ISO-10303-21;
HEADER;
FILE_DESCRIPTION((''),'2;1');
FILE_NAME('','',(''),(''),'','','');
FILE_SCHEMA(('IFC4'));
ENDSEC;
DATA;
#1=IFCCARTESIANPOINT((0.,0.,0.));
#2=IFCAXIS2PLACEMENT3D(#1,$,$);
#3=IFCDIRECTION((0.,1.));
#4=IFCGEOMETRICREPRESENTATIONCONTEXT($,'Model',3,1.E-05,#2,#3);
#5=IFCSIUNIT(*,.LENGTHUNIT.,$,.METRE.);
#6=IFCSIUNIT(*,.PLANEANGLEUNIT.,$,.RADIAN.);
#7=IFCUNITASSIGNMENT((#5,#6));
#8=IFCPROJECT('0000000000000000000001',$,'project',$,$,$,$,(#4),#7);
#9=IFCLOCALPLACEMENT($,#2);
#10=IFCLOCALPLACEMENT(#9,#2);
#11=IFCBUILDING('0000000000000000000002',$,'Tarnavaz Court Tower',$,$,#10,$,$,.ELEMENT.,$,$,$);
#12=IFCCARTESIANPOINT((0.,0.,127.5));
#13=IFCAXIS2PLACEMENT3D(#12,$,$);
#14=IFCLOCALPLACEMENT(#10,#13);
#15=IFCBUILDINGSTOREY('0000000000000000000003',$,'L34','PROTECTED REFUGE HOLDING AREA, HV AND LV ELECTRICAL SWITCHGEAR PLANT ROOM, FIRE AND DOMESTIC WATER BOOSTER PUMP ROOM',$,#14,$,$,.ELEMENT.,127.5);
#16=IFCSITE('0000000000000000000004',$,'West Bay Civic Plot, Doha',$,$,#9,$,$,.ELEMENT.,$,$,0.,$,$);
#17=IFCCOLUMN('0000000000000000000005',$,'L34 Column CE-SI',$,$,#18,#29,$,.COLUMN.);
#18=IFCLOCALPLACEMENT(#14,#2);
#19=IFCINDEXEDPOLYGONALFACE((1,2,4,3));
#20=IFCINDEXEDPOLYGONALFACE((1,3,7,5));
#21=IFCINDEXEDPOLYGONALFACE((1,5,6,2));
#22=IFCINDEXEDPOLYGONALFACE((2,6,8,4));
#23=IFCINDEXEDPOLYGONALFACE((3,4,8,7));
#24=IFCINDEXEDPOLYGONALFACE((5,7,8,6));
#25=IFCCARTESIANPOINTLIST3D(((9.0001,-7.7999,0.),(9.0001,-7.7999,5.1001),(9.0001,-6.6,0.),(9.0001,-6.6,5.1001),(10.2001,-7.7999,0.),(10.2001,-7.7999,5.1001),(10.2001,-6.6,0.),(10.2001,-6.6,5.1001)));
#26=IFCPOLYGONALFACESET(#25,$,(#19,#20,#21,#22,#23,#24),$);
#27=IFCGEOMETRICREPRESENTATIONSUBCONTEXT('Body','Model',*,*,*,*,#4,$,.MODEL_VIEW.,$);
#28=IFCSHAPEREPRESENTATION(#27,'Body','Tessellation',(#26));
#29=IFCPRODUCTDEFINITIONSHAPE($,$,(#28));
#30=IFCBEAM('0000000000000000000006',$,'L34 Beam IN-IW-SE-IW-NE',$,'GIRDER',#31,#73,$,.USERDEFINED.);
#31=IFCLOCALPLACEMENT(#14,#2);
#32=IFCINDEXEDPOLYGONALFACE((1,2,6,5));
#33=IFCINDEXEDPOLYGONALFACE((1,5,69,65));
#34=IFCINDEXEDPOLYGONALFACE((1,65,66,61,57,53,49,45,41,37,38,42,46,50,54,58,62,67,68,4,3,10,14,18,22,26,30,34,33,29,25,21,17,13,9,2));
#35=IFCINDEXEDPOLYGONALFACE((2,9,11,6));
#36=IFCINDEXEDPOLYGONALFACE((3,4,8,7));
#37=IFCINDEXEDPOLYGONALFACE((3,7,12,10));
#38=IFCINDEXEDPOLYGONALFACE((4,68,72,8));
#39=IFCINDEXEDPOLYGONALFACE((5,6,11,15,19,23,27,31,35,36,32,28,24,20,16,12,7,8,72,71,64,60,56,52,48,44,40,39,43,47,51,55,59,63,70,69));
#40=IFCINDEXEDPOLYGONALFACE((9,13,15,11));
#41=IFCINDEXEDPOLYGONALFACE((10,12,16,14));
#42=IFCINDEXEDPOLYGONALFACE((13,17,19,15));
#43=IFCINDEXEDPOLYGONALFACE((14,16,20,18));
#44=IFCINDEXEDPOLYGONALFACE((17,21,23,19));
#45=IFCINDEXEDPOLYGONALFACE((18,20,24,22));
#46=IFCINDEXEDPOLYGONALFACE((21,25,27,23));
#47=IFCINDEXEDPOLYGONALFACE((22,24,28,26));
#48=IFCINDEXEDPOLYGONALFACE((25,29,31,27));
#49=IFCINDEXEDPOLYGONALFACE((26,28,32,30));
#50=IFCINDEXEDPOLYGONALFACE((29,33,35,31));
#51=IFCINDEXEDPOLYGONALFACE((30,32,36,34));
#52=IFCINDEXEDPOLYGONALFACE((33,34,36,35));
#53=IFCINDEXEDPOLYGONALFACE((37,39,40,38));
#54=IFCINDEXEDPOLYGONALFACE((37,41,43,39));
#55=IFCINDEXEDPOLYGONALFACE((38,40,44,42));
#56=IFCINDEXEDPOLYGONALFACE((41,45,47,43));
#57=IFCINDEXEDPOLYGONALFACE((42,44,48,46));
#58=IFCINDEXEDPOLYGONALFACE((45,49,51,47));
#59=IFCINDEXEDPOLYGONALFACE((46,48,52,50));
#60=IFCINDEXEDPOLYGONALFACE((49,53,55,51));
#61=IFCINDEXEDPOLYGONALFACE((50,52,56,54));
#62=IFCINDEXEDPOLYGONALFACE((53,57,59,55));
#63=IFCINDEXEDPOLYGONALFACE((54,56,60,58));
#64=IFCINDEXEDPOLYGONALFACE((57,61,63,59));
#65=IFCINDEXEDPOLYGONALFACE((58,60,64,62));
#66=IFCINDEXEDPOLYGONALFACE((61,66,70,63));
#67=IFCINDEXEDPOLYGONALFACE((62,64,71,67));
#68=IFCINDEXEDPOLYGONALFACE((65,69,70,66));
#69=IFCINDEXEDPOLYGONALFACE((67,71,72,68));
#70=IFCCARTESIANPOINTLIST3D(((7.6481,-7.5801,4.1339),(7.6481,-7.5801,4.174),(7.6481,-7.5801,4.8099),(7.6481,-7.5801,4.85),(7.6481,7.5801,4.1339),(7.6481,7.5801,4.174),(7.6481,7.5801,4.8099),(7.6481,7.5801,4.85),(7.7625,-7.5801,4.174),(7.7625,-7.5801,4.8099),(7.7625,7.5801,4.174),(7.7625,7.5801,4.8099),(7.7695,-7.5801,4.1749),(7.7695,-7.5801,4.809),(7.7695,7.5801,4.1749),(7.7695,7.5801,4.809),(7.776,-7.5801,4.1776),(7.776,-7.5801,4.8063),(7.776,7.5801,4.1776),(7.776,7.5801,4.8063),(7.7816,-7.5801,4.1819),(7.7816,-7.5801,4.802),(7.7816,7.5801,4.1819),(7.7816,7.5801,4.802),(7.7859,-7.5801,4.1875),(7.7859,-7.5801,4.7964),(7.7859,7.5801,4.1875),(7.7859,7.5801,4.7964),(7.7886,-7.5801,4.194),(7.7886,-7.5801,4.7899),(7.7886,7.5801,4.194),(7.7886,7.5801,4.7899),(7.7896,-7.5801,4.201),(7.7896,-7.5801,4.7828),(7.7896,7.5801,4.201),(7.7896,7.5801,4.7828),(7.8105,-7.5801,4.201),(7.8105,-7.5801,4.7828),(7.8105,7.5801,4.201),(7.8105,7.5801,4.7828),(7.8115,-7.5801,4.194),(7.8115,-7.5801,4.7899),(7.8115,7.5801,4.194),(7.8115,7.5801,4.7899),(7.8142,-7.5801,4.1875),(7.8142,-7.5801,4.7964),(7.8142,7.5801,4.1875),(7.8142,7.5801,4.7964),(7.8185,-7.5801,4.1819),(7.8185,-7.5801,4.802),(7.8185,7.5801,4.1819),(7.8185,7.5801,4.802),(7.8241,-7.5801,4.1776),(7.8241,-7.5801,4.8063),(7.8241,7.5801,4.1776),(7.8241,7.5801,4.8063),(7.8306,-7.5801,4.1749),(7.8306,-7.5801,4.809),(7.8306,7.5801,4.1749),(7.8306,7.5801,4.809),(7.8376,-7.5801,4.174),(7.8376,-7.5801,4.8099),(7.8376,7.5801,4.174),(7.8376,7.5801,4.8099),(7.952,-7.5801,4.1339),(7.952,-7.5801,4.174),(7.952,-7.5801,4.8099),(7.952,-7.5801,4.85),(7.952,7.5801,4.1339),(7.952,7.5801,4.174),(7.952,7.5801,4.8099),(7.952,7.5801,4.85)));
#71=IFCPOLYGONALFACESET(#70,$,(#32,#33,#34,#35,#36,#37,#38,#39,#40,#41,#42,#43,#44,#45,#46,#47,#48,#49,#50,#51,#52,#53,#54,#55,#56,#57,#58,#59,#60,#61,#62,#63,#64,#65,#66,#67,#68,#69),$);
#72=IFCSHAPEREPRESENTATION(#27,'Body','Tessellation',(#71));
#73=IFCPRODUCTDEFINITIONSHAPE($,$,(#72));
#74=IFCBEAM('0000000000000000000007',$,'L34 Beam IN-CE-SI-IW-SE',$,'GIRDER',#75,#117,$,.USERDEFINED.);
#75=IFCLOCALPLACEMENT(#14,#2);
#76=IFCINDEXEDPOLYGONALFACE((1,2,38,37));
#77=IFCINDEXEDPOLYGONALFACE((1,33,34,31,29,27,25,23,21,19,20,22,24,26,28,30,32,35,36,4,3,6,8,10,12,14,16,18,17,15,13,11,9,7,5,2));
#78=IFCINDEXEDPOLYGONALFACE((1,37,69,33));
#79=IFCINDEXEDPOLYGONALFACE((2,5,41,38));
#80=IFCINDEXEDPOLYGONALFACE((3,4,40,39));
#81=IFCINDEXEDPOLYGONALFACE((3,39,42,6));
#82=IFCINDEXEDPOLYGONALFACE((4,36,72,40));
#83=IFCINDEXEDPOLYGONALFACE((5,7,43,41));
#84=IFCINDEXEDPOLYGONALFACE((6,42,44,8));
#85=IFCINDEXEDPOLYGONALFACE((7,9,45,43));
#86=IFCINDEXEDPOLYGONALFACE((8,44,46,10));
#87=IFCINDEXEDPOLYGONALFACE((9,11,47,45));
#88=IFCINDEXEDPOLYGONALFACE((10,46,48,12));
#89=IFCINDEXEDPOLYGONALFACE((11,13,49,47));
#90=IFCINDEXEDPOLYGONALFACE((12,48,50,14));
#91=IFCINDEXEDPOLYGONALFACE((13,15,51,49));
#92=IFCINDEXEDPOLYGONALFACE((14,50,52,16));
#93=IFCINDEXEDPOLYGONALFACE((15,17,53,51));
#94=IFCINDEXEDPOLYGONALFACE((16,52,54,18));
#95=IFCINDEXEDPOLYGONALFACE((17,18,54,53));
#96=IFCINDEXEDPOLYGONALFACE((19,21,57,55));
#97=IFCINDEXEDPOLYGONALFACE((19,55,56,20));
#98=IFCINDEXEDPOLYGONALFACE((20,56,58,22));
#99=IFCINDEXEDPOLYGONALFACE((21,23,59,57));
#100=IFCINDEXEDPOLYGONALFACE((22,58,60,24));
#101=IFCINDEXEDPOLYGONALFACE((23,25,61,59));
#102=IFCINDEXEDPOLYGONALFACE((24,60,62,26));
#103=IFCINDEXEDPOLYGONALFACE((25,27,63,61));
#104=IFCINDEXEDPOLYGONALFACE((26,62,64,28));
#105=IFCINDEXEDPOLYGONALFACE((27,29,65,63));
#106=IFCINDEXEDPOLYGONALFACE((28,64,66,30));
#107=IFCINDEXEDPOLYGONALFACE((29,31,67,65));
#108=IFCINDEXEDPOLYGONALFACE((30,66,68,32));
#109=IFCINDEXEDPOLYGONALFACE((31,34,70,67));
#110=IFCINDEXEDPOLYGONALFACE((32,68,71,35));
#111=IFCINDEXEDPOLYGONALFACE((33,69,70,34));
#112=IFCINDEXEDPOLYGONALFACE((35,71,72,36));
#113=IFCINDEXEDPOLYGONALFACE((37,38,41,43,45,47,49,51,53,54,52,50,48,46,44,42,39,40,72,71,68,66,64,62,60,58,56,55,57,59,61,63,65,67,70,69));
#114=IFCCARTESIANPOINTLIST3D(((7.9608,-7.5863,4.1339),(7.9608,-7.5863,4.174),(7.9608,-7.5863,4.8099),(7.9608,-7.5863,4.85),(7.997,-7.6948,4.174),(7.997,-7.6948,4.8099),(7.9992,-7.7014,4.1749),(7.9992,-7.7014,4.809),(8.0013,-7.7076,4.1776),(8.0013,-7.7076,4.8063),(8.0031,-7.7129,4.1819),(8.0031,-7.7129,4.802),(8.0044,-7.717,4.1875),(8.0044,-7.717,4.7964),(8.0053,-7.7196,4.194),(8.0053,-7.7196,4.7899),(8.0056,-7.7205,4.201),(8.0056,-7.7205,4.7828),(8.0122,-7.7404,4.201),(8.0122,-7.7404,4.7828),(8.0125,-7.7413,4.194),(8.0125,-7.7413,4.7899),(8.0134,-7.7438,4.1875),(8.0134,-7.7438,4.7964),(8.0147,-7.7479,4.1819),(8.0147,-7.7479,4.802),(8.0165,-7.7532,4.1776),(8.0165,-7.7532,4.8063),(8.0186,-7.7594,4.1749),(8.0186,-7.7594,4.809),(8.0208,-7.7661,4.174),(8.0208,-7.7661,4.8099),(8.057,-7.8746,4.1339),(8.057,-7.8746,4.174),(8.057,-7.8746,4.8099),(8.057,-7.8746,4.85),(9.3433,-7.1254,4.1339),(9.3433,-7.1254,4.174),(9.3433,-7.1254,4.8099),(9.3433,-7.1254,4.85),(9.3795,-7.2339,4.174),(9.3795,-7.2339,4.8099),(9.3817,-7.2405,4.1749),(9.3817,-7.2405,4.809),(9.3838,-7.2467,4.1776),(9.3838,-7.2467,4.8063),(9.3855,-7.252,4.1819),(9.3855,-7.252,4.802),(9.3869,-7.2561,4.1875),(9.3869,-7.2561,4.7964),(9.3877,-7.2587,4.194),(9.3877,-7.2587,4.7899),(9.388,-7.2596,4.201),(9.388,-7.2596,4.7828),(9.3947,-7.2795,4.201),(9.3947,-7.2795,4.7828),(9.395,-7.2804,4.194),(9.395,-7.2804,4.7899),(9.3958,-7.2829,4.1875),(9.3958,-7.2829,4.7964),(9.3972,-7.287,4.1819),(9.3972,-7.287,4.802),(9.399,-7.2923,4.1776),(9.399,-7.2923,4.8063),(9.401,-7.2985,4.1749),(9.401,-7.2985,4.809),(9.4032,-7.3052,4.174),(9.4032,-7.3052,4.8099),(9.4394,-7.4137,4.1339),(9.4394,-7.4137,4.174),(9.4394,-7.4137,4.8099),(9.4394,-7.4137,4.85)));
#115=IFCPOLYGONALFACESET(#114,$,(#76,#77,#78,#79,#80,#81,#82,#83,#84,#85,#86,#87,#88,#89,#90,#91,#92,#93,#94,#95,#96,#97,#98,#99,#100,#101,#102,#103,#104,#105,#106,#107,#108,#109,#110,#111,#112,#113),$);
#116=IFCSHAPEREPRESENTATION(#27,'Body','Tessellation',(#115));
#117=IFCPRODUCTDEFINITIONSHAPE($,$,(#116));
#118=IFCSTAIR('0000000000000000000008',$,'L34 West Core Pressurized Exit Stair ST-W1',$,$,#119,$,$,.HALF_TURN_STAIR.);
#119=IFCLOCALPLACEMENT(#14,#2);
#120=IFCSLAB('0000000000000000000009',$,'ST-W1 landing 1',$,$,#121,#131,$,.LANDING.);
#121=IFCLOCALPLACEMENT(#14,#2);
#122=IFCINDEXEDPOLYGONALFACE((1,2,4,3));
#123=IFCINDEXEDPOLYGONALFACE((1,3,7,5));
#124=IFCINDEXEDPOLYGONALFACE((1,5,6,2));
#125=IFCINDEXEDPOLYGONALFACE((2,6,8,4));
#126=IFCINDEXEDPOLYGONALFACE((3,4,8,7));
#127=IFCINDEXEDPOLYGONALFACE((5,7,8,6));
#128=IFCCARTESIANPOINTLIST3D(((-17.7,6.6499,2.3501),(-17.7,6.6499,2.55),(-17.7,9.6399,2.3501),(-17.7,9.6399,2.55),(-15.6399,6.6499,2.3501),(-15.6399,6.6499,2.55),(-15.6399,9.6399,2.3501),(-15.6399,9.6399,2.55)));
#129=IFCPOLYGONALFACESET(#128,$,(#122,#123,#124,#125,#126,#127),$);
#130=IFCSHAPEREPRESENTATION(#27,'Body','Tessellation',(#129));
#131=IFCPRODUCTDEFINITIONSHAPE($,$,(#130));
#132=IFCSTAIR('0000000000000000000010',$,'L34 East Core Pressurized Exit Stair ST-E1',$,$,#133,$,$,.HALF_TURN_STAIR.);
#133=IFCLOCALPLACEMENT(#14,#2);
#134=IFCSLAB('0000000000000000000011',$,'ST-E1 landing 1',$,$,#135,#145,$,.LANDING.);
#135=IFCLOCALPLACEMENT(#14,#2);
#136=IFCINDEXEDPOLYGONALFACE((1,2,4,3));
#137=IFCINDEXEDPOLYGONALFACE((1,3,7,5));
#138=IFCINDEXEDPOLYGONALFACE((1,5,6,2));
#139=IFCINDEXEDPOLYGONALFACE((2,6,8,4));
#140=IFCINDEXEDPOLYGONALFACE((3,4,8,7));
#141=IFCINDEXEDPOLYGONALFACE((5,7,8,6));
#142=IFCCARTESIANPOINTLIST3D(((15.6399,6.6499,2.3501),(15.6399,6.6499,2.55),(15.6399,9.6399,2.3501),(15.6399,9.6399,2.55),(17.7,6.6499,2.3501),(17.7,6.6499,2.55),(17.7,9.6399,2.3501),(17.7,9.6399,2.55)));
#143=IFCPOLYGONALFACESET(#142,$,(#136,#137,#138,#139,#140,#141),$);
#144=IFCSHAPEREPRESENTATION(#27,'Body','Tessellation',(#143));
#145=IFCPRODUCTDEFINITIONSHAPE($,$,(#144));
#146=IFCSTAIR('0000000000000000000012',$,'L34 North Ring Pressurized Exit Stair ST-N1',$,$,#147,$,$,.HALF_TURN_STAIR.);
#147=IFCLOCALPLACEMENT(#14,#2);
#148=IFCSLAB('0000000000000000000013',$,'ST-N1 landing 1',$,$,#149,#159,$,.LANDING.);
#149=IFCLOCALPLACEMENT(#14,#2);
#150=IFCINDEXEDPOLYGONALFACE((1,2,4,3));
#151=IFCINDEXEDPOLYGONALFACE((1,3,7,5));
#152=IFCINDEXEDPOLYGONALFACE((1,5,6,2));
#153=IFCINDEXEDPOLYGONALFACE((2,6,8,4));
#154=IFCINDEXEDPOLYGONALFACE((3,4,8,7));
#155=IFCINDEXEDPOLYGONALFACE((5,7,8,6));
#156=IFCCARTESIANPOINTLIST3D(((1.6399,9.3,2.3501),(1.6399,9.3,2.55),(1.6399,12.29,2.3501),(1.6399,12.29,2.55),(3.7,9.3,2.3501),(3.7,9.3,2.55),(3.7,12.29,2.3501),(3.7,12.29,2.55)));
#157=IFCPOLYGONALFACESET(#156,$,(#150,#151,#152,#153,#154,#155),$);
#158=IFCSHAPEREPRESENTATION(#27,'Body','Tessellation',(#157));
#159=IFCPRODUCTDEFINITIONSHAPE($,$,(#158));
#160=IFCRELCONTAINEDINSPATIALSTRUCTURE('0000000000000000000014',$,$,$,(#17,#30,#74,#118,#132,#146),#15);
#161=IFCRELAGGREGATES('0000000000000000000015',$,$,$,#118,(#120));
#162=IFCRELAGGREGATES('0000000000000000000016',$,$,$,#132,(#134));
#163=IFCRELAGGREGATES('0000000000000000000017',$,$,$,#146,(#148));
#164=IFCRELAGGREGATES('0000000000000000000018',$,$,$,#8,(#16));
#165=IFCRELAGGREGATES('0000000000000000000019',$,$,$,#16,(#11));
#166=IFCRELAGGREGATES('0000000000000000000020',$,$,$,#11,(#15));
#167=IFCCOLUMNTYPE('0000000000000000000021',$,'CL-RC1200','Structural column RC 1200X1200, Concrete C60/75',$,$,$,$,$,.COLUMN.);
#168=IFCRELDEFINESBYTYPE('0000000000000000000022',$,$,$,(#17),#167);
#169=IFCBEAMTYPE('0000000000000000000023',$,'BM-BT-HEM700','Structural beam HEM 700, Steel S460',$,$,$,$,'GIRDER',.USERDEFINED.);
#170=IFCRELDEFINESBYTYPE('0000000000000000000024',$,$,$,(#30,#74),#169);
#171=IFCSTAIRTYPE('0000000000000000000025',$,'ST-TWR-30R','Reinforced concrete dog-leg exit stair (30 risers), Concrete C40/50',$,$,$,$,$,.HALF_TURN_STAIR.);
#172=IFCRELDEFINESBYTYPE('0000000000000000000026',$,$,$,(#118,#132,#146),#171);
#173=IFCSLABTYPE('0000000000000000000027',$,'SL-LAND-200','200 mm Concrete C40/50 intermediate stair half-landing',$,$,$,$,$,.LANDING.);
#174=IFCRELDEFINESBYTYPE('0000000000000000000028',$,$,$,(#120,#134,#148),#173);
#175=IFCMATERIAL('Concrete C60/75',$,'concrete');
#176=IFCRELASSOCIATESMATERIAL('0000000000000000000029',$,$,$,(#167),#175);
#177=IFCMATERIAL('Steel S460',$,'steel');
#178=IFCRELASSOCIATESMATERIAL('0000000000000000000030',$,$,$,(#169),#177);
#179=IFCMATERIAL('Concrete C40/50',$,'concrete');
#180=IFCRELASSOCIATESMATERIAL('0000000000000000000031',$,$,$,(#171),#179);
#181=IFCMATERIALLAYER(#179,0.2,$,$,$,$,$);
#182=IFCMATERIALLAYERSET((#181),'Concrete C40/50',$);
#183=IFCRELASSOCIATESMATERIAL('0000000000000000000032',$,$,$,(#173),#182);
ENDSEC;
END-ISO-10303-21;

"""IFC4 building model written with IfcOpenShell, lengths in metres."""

from ifc_helpers import new_model, si_unit, direction, frame, origin, origin_2d, place, context, subcontext, project, spatial, polyline, rectangle, i_section, outline, extrude, material, layer, layer_set, material_profile, profile_set, type_object, element, aggregate, save


model = new_model("IFC4")

# Units and contexts
model_context = context("Model", 3, precision=1e-05, world=origin(), true_north=direction((0.0, 1.0)))
body_context = subcontext(model_context, "Body", "Model", "MODEL_VIEW")
ifc_project = project(units=[si_unit("LENGTHUNIT", "METRE"), si_unit("PLANEANGLEUNIT", "RADIAN")], contexts=[model_context])

# Site, building, storey
site_placement = place(None, origin())
site = spatial("IfcSite", under=ifc_project, at=site_placement, Name="West Bay Civic Plot, Doha", CompositionType="ELEMENT", RefElevation=0.0)
building_placement = place(site_placement, origin())
building = spatial("IfcBuilding", under=site, at=building_placement, Name="Tarnavaz Court Tower", CompositionType="ELEMENT")
storey_placement = place(building_placement, frame((0.0, 0.0, 127.5)))
storey = spatial("IfcBuildingStorey", under=building, at=storey_placement, Name="L34", Description="PROTECTED REFUGE HOLDING AREA, HV AND LV ELECTRICAL SWITCHGEAR PLANT ROOM, FIRE AND DOMESTIC WATER BOOSTER PUMP ROOM", CompositionType="ELEMENT", Elevation=127.5)

# Column
ifc_material_1 = material(Name="Concrete C60/75", Category="concrete")
ifc_material_profile_1 = material_profile(ifc_material_1, rectangle(XDim=1.2, YDim=1.2, at=origin_2d()), Name="RC 1200X1200")
ifc_profile_set_1 = profile_set([ifc_material_profile_1], Name="Concrete C60/75")
column_type = type_object("IfcColumnType", Name="CL-RC1200", Description="Structural column RC 1200X1200, Concrete C60/75", PredefinedType="COLUMN", material=ifc_profile_set_1)
column_placement = place(storey_placement, frame((9.6001, -7.2, 0.0), z_axis=(0.0, 0.0, 1.0), x_axis=(1.0, 0.0, 0.0)))
element("IfcColumn", 1, at=column_placement, inside=storey, type_object=column_type, Name="L34 Column CE-SI", PredefinedType="COLUMN", context=body_context, shape_type="SweptSolid", body=[
    extrude(rectangle(XDim=1.2, YDim=1.2, at=origin_2d()), origin(), (0.0, 0.0, 1.0), 5.1001),
])

# Beams
ifc_material_2 = material(Name="Steel S460", Category="steel")
ifc_material_profile_2 = material_profile(ifc_material_2, i_section(OverallWidth=0.304, OverallDepth=0.7161, WebThickness=0.021, FlangeThickness=0.04, FilletRadius=0.0271, at=origin_2d()), Name="HEM 700")
ifc_profile_set_2 = profile_set([ifc_material_profile_2], Name="Steel S460")
beam_type = type_object("IfcBeamType", Name="BM-BT-HEM700", Description="Structural beam HEM 700, Steel S460", ElementType="GIRDER", PredefinedType="USERDEFINED", material=ifc_profile_set_2)
beam_1_placement = place(storey_placement, frame((7.8, -7.5801, 4.4919), z_axis=(0.0, 1.0, 0.0), x_axis=(-1.0, 0.0, 0.0)))
element("IfcBeam", 2, at=beam_1_placement, inside=storey, type_object=beam_type, Name="L34 Beam IN-IW-SE-IW-NE", ObjectType="GIRDER", PredefinedType="USERDEFINED", context=body_context, shape_type="SweptSolid", body=[
    extrude(i_section(OverallWidth=0.304, OverallDepth=0.7161, WebThickness=0.021, FlangeThickness=0.04, FilletRadius=0.0271, at=origin_2d()), origin(), (0.0, 0.0, 1.0), 15.1602),
])
beam_2_placement = place(storey_placement, frame((9.3914, -7.2695, 4.4919), z_axis=(-0.948667, -0.316278, 0.0), x_axis=(0.316278, -0.948667, 0.0)))
element("IfcBeam", 3, at=beam_2_placement, inside=storey, type_object=beam_type, Name="L34 Beam IN-CE-SI-IW-SE", ObjectType="GIRDER", PredefinedType="USERDEFINED", context=body_context, shape_type="SweptSolid", body=[
    extrude(i_section(OverallWidth=0.304, OverallDepth=0.7161, WebThickness=0.021, FlangeThickness=0.04, FilletRadius=0.0271, at=origin_2d()), origin(), (0.0, 0.0, 1.0), 1.4573),
])

# Stairs, slabs
ifc_material_3 = material(Name="Concrete C40/50", Category="concrete")
stair_type = type_object("IfcStairType", Name="ST-TWR-30R", Description="Reinforced concrete dog-leg exit stair (30 risers), Concrete C40/50", PredefinedType="HALF_TURN_STAIR", material=ifc_material_3)
stair_1_placement = place(storey_placement, origin())
stair_1 = element("IfcStair", 4, at=stair_1_placement, inside=storey, type_object=stair_type, Name="L34 West Core Pressurized Exit Stair ST-W1", PredefinedType="HALF_TURN_STAIR")
ifc_layer_1 = layer(ifc_material_3, 0.2)
ifc_layer_set_1 = layer_set([ifc_layer_1], Name="Concrete C40/50")
slab_type_1 = type_object("IfcSlabType", Name="SL-LAND-200", Description="200 mm Concrete C40/50 intermediate stair half-landing", PredefinedType="LANDING", material=ifc_layer_set_1)
slab_1_placement = place(storey_placement, frame((0.0, 0.0, 2.3501)))
slab_1 = element("IfcSlab", 5, at=slab_1_placement, type_object=slab_type_1, Name="ST-W1 landing 1", PredefinedType="LANDING", context=body_context, shape_type="SweptSolid", body=[
    extrude(outline(polyline([(-15.6399, 9.6399), (-17.7, 9.6399), (-17.7, 6.6499), (-15.6399, 6.6499), (-15.6399, 9.6399)])), origin(), (0.0, 0.0, 1.0), 0.2),
])
aggregate(stair_1, [slab_1])
stair_2_placement = place(storey_placement, origin())
stair_2 = element("IfcStair", 6, at=stair_2_placement, inside=storey, type_object=stair_type, Name="L34 East Core Pressurized Exit Stair ST-E1", PredefinedType="HALF_TURN_STAIR")
slab_2_placement = place(storey_placement, frame((0.0, 0.0, 2.3501)))
slab_2 = element("IfcSlab", 7, at=slab_2_placement, type_object=slab_type_1, Name="ST-E1 landing 1", PredefinedType="LANDING", context=body_context, shape_type="SweptSolid", body=[
    extrude(outline(polyline([(15.6399, 6.6499), (17.7, 6.6499), (17.7, 9.6399), (15.6399, 9.6399), (15.6399, 6.6499)])), origin(), (0.0, 0.0, 1.0), 0.2),
])
aggregate(stair_2, [slab_2])
stair_3_placement = place(storey_placement, origin())
stair_3 = element("IfcStair", 8, at=stair_3_placement, inside=storey, type_object=stair_type, Name="L34 North Ring Pressurized Exit Stair ST-N1", PredefinedType="HALF_TURN_STAIR")
slab_3_placement = place(storey_placement, frame((0.0, 0.0, 2.3501)))
slab_3 = element("IfcSlab", 9, at=slab_3_placement, type_object=slab_type_1, Name="ST-N1 landing 1", PredefinedType="LANDING", context=body_context, shape_type="SweptSolid", body=[
    extrude(outline(polyline([(1.6399, 9.3), (3.7, 9.3), (3.7, 12.29), (1.6399, 12.29), (1.6399, 9.3)])), origin(), (0.0, 0.0, 1.0), 0.2),
])
aggregate(stair_3, [slab_3])

save(model, "model.ifc")
